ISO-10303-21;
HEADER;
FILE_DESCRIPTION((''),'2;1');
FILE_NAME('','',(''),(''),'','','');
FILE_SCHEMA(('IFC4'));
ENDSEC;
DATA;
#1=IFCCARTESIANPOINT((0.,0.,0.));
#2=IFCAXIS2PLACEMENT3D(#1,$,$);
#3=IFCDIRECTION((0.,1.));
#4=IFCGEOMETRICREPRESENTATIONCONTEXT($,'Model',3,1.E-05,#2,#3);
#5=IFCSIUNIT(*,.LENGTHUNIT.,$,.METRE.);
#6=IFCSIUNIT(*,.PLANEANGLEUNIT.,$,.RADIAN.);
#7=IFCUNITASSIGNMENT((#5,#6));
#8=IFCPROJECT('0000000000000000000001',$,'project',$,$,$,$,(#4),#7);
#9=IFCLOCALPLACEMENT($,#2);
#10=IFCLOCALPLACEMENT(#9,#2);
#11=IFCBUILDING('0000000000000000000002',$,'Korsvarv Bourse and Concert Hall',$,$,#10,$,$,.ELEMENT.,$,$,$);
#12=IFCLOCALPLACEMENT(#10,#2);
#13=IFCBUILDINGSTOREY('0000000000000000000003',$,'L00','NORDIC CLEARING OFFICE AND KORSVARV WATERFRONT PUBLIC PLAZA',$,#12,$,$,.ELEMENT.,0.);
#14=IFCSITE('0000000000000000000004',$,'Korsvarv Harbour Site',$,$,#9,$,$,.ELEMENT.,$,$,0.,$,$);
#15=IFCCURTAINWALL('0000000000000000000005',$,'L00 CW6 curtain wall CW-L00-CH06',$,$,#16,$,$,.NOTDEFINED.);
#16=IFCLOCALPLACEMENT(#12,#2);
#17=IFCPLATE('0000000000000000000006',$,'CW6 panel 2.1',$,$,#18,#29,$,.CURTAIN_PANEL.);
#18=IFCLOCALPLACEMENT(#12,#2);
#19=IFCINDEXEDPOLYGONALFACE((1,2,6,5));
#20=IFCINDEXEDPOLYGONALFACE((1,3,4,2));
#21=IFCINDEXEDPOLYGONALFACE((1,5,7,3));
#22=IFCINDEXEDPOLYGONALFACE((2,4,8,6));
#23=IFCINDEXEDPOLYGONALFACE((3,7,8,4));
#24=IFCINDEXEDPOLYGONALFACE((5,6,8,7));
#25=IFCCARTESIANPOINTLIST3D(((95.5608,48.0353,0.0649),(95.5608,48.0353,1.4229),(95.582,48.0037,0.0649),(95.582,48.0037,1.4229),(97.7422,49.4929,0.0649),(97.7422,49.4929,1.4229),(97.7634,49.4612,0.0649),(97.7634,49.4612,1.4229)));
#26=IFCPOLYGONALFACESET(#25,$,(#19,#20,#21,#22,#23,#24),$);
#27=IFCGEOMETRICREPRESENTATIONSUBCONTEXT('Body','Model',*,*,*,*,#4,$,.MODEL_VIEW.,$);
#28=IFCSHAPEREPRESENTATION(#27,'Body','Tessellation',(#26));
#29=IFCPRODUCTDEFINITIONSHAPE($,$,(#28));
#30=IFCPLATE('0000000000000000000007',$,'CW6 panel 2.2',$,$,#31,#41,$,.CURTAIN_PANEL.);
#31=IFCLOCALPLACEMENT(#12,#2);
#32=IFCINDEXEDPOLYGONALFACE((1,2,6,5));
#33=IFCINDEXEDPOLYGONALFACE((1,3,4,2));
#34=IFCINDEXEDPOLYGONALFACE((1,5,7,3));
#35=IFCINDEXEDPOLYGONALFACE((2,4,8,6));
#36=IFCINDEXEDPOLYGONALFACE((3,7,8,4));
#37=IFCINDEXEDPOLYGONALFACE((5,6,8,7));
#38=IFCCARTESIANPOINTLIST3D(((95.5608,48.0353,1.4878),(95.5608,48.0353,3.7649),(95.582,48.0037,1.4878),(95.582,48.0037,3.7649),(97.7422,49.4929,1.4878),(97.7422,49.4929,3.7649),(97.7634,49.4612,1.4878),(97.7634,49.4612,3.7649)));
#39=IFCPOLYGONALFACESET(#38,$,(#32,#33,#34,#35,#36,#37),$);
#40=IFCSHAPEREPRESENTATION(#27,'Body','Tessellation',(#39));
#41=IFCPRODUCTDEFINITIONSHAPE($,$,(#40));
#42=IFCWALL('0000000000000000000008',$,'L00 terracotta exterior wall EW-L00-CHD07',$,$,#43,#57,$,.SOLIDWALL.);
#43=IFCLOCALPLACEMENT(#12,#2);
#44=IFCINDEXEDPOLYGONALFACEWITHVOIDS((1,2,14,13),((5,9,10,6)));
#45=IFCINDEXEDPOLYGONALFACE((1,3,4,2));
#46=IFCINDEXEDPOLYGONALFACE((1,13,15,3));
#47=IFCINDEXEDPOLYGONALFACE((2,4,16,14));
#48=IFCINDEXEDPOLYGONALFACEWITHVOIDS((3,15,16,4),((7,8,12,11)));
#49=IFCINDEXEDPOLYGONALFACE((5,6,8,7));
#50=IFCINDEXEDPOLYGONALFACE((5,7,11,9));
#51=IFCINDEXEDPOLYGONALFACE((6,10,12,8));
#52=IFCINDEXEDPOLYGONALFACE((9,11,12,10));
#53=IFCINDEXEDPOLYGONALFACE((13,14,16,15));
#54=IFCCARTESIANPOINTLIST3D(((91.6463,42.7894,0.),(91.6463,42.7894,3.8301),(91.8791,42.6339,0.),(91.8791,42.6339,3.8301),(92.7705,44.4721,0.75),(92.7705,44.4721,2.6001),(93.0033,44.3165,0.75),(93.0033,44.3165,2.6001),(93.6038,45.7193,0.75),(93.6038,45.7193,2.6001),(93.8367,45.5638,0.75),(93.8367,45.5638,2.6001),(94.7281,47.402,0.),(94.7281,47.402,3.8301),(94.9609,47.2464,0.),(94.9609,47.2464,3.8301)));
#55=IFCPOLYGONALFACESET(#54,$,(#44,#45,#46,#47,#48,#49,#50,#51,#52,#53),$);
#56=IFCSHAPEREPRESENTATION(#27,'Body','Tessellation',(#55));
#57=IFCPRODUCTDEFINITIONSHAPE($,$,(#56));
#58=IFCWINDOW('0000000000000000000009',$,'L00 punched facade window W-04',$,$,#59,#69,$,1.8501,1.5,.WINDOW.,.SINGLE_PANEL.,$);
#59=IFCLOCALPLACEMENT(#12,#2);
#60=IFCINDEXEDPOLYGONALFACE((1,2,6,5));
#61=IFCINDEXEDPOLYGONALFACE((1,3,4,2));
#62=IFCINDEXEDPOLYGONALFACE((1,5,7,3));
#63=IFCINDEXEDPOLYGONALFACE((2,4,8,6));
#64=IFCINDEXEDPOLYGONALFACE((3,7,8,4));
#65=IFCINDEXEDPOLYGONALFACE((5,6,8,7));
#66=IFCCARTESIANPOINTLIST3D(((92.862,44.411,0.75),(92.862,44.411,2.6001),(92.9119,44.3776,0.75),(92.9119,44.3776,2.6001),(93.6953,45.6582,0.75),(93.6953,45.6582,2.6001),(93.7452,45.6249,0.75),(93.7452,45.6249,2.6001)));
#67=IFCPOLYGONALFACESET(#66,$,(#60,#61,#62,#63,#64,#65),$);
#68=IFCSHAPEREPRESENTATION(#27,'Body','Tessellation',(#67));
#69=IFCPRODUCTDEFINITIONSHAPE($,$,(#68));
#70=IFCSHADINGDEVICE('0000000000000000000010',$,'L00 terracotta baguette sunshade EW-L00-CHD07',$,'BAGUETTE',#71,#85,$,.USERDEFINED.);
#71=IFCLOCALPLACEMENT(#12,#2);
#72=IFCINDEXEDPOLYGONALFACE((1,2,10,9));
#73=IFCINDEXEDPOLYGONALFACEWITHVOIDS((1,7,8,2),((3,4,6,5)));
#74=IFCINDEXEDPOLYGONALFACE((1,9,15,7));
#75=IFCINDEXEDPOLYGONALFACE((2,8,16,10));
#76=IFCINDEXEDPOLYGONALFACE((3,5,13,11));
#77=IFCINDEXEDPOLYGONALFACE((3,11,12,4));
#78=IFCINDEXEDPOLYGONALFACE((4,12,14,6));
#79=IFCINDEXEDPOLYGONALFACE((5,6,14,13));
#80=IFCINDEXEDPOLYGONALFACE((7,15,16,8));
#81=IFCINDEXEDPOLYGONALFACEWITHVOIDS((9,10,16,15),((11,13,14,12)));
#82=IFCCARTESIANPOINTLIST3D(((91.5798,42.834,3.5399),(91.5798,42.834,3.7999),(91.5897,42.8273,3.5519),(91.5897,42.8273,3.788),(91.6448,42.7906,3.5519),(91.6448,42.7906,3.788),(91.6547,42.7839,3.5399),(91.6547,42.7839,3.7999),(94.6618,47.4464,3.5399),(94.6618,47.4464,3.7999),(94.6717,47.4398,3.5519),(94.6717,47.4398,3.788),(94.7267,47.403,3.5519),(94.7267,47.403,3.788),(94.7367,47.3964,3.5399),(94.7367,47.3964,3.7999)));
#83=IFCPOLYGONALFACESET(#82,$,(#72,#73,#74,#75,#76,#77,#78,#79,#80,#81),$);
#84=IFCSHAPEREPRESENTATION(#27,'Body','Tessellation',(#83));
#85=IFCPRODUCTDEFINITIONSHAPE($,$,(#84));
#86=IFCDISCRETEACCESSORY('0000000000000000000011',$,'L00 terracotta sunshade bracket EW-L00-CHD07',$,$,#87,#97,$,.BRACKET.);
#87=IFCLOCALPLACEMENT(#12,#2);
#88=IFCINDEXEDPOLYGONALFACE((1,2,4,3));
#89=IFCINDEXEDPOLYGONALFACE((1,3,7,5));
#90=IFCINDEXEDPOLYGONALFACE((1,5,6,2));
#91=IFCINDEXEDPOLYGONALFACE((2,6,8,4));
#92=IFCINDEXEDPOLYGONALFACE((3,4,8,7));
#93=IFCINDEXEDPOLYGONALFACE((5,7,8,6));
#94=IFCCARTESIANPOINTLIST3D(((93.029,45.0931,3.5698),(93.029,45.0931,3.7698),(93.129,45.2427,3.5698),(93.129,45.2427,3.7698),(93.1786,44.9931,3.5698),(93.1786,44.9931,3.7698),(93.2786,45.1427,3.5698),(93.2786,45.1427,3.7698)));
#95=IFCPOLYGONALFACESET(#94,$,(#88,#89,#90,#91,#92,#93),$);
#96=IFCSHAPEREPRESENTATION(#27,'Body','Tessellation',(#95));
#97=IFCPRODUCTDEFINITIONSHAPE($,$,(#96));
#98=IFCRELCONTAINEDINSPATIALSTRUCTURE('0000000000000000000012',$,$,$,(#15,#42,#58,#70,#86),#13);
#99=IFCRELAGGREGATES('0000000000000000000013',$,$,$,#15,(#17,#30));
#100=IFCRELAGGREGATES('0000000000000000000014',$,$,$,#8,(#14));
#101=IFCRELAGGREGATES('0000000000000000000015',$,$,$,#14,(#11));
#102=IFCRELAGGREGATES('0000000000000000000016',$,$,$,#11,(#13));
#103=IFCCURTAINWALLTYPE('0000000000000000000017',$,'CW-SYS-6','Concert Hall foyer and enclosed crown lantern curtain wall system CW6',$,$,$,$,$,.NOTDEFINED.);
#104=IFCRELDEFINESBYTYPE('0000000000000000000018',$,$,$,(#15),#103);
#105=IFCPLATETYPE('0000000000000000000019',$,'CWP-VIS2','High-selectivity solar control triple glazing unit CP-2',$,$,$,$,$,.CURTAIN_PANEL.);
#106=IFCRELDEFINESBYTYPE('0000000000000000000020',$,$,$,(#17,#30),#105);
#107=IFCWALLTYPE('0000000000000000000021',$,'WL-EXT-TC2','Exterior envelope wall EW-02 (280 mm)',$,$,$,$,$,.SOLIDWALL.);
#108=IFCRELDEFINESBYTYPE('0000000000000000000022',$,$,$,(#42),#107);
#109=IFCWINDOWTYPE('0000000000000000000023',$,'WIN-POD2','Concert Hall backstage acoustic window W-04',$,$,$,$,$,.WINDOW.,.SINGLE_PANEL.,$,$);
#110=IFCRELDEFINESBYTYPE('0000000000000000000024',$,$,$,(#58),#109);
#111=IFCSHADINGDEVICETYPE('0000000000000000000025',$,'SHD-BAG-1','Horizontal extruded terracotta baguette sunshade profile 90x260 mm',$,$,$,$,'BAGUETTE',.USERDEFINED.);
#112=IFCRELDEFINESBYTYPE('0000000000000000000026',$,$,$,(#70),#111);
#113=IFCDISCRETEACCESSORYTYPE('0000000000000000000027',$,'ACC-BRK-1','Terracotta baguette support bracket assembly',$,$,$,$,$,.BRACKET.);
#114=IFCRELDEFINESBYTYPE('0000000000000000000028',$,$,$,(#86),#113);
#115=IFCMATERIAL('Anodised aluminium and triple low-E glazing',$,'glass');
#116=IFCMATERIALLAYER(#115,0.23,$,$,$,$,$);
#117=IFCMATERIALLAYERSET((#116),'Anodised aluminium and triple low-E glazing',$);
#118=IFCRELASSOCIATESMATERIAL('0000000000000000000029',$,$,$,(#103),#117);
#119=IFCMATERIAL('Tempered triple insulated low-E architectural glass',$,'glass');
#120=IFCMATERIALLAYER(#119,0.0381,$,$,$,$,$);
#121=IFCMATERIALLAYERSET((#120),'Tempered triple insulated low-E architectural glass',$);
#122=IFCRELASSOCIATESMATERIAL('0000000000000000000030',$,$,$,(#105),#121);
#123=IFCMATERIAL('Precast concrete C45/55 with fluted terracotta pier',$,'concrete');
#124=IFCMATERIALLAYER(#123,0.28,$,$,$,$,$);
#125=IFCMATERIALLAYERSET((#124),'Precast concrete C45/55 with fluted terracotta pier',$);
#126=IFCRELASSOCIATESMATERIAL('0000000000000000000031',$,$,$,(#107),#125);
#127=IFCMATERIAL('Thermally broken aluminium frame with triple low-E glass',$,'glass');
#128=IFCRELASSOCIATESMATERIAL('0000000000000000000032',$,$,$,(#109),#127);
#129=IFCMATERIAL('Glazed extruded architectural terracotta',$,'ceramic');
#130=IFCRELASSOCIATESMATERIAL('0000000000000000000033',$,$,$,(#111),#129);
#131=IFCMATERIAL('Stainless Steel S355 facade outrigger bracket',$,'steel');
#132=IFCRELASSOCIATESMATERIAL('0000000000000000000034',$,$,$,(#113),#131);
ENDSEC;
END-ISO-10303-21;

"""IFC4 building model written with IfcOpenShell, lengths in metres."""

from ifc_helpers import new_model, si_unit, direction, frame, frame_2d, origin, origin_2d, place, context, subcontext, project, spatial, rectangle, hollow_rectangle, extrude, source, transform, mapped, material, layer, layer_set, material_profile, profile_set, type_object, element, fill, aggregate, save


model = new_model("IFC4")

# Units and contexts
model_context = context("Model", 3, precision=1e-05, world=origin(), true_north=direction((0.0, 1.0)))
body_context = subcontext(model_context, "Body", "Model", "MODEL_VIEW")
ifc_project = project(units=[si_unit("LENGTHUNIT", "METRE"), si_unit("PLANEANGLEUNIT", "RADIAN")], contexts=[model_context])

# Site, building, storey
site_placement = place(None, origin())
site = spatial("IfcSite", under=ifc_project, at=site_placement, Name="Korsvarv Harbour Site", CompositionType="ELEMENT", RefElevation=0.0)
building_placement = place(site_placement, origin())
building = spatial("IfcBuilding", under=site, at=building_placement, Name="Korsvarv Bourse and Concert Hall", CompositionType="ELEMENT")
storey_placement = place(building_placement, origin())
storey = spatial("IfcBuildingStorey", under=building, at=storey_placement, Name="L00", Description="NORDIC CLEARING OFFICE AND KORSVARV WATERFRONT PUBLIC PLAZA", CompositionType="ELEMENT", Elevation=0.0)

# Shared definitions
ifc_material_1 = material(Name="Anodised aluminium and triple low-E glazing", Category="glass")

# Curtain wall
ifc_layer_1 = layer(ifc_material_1, 0.23)
ifc_layer_set_1 = layer_set([ifc_layer_1], Name="Anodised aluminium and triple low-E glazing")
curtain_wall_type_1 = type_object("IfcCurtainWallType", Name="CW-SYS-6", Description="Concert Hall foyer and enclosed crown lantern curtain wall system CW6", PredefinedType="NOTDEFINED", material=ifc_layer_set_1)
curtain_wall_1_placement = place(storey_placement, origin())
curtain_wall_1 = element("IfcCurtainWall", 1, at=curtain_wall_1_placement, inside=storey, type_object=curtain_wall_type_1, Name="L00 CW6 curtain wall CW-L00-CH06", PredefinedType="NOTDEFINED")

# Plates
ifc_material_2 = material(Name="Tempered triple insulated low-E architectural glass", Category="glass")
ifc_layer_2 = layer(ifc_material_2, 0.0381)
ifc_layer_set_2 = layer_set([ifc_layer_2], Name="Tempered triple insulated low-E architectural glass")
plate_type_1 = type_object("IfcPlateType", Name="CWP-VIS2", Description="High-selectivity solar control triple glazing unit CP-2", PredefinedType="CURTAIN_PANEL", material=ifc_layer_set_2)
shared_shape_1 = source(origin(), body_context, "Body", "SweptSolid", [
    extrude(rectangle(XDim=2.6235, YDim=0.0381, at=origin_2d()), origin(), (0.0, 0.0, 1.0), 1.3579),
])
plate_1_placement = place(storey_placement, frame((96.6621, 48.7483, 0.0649), z_axis=(0.0, 0.0, 1.0), x_axis=(-0.831469, -0.555571, 0.0)))
plate_1 = element("IfcPlate", 2, at=plate_1_placement, type_object=plate_type_1, Name="CW6 panel 2.1", PredefinedType="CURTAIN_PANEL", context=body_context, shape_type="MappedRepresentation", body=[
    mapped(shared_shape_1, transform((0.0, 0.0, 0.0), scale=1.0)),
])
shared_shape_2 = source(origin(), body_context, "Body", "SweptSolid", [
    extrude(rectangle(XDim=2.6235, YDim=0.0381, at=origin_2d()), origin(), (0.0, 0.0, 1.0), 2.2771),
])
plate_2_placement = place(storey_placement, frame((96.6621, 48.7483, 1.4878), z_axis=(0.0, 0.0, 1.0), x_axis=(-0.831469, -0.555571, 0.0)))
plate_2 = element("IfcPlate", 3, at=plate_2_placement, type_object=plate_type_1, Name="CW6 panel 2.2", PredefinedType="CURTAIN_PANEL", context=body_context, shape_type="MappedRepresentation", body=[
    mapped(shared_shape_2, transform((0.0, 0.0, 0.0), scale=1.0)),
])
aggregate(curtain_wall_1, [plate_1, plate_2])

# Wall, opening, window
ifc_material_3 = material(Name="Precast concrete C45/55 with fluted terracotta pier", Category="concrete")
ifc_layer_3 = layer(ifc_material_3, 0.28)
ifc_layer_set_3 = layer_set([ifc_layer_3], Name="Precast concrete C45/55 with fluted terracotta pier")
wall_type = type_object("IfcWallType", Name="WL-EXT-TC2", Description="Exterior envelope wall EW-02 (280 mm)", PredefinedType="SOLIDWALL", material=ifc_layer_set_3)
wall_placement = place(storey_placement, frame((94.8445, 47.3242, 0.0), z_axis=(0.0, 0.0, 1.0), x_axis=(-0.555543, -0.831488, 0.0)))
wall = element("IfcWall", 4, at=wall_placement, inside=storey, type_object=wall_type, Name="L00 terracotta exterior wall EW-L00-CHD07", PredefinedType="SOLIDWALL", context=body_context, shape_type="SweptSolid", body=[
    extrude(rectangle(XDim=5.5474, YDim=0.28, at=frame_2d((2.7737, 0.0))), origin(), (0.0, 0.0, 1.0), 3.8301),
])
opening_placement = place(wall_placement, frame((2.0237, 0.0, 0.75)))
opening = element("IfcOpeningElement", 5, at=opening_placement, cuts=wall, PredefinedType="OPENING", context=body_context, shape_type="SweptSolid", body=[
    extrude(rectangle(XDim=1.5, YDim=1.8501, at=frame_2d((0.75, 0.925))), frame((0.0, 0.1499, 0.0), z_axis=(0.0, -1.0, 0.0), x_axis=(1.0, 0.0, 0.0)), (0.0, 0.0, 1.0), 0.3),
])
ifc_material_4 = material(Name="Thermally broken aluminium frame with triple low-E glass", Category="glass")
window_type = type_object("IfcWindowType", Name="WIN-POD2", Description="Concert Hall backstage acoustic window W-04", PartitioningType="SINGLE_PANEL", PredefinedType="WINDOW", material=ifc_material_4)
window_placement = place(opening_placement, origin())
window = element("IfcWindow", 6, at=window_placement, inside=storey, type_object=window_type, Name="L00 punched facade window W-04", OverallHeight=1.8501, OverallWidth=1.5, PartitioningType="SINGLE_PANEL", PredefinedType="WINDOW", context=body_context, shape_type="SweptSolid", body=[
    extrude(rectangle(XDim=1.5, YDim=1.8501, at=frame_2d((0.75, 0.925))), frame((0.0, 0.03, 0.0), z_axis=(0.0, -1.0, 0.0), x_axis=(1.0, 0.0, 0.0)), (0.0, 0.0, 1.0), 0.0601),
])
fill(opening, window)

# Shading device
ifc_material_5 = material(Name="Glazed extruded architectural terracotta", Category="ceramic")
ifc_material_profile_1 = material_profile(ifc_material_5, hollow_rectangle(XDim=0.0901, YDim=0.26, WallThickness=0.012, at=origin_2d()), Name="TC-BAG 90x260")
ifc_profile_set_1 = profile_set([ifc_material_profile_1], Name="Glazed extruded architectural terracotta")
shading_device_type = type_object("IfcShadingDeviceType", Name="SHD-BAG-1", Description="Horizontal extruded terracotta baguette sunshade profile 90x260 mm", ElementType="BAGUETTE", PredefinedType="USERDEFINED", material=ifc_profile_set_1)
shared_shape_3 = source(origin(), body_context, "Body", "SweptSolid", [
    extrude(hollow_rectangle(XDim=0.0901, YDim=0.26, WallThickness=0.012, at=origin_2d()), origin(), (0.0, 0.0, 1.0), 5.5474),
])
shading_device_placement = place(storey_placement, frame((94.6992, 47.4214, 3.6699), z_axis=(-0.555573, -0.831468, 0.0), x_axis=(0.831468, -0.555573, 0.0)))
element("IfcShadingDevice", 7, at=shading_device_placement, inside=storey, type_object=shading_device_type, Name="L00 terracotta baguette sunshade EW-L00-CHD07", ObjectType="BAGUETTE", PredefinedType="USERDEFINED", context=body_context, shape_type="MappedRepresentation", body=[
    mapped(shared_shape_3, transform((0.0, 0.0, 0.0), scale=1.0)),
])

# Discrete accessory
ifc_material_6 = material(Name="Stainless Steel S355 facade outrigger bracket", Category="steel")
discrete_accessory_type = type_object("IfcDiscreteAccessoryType", Name="ACC-BRK-1", Description="Terracotta baguette support bracket assembly", PredefinedType="BRACKET", material=ifc_material_6)
shared_shape_4 = source(origin(), body_context, "Body", "SweptSolid", [
    extrude(rectangle(XDim=0.1799, YDim=0.1799, at=origin_2d()), origin(), (0.0, 0.0, 1.0), 0.2),
])
discrete_accessory_placement = place(storey_placement, frame((93.1538, 45.1179, 3.5698), z_axis=(0.0, 0.0, 1.0), x_axis=(-0.55557, -0.83147, 0.0)))
element("IfcDiscreteAccessory", 8, at=discrete_accessory_placement, inside=storey, type_object=discrete_accessory_type, Name="L00 terracotta sunshade bracket EW-L00-CHD07", PredefinedType="BRACKET", context=body_context, shape_type="MappedRepresentation", body=[
    mapped(shared_shape_4, transform((0.0, 0.0, 0.0), scale=1.0)),
])

save(model, "model.ifc")
